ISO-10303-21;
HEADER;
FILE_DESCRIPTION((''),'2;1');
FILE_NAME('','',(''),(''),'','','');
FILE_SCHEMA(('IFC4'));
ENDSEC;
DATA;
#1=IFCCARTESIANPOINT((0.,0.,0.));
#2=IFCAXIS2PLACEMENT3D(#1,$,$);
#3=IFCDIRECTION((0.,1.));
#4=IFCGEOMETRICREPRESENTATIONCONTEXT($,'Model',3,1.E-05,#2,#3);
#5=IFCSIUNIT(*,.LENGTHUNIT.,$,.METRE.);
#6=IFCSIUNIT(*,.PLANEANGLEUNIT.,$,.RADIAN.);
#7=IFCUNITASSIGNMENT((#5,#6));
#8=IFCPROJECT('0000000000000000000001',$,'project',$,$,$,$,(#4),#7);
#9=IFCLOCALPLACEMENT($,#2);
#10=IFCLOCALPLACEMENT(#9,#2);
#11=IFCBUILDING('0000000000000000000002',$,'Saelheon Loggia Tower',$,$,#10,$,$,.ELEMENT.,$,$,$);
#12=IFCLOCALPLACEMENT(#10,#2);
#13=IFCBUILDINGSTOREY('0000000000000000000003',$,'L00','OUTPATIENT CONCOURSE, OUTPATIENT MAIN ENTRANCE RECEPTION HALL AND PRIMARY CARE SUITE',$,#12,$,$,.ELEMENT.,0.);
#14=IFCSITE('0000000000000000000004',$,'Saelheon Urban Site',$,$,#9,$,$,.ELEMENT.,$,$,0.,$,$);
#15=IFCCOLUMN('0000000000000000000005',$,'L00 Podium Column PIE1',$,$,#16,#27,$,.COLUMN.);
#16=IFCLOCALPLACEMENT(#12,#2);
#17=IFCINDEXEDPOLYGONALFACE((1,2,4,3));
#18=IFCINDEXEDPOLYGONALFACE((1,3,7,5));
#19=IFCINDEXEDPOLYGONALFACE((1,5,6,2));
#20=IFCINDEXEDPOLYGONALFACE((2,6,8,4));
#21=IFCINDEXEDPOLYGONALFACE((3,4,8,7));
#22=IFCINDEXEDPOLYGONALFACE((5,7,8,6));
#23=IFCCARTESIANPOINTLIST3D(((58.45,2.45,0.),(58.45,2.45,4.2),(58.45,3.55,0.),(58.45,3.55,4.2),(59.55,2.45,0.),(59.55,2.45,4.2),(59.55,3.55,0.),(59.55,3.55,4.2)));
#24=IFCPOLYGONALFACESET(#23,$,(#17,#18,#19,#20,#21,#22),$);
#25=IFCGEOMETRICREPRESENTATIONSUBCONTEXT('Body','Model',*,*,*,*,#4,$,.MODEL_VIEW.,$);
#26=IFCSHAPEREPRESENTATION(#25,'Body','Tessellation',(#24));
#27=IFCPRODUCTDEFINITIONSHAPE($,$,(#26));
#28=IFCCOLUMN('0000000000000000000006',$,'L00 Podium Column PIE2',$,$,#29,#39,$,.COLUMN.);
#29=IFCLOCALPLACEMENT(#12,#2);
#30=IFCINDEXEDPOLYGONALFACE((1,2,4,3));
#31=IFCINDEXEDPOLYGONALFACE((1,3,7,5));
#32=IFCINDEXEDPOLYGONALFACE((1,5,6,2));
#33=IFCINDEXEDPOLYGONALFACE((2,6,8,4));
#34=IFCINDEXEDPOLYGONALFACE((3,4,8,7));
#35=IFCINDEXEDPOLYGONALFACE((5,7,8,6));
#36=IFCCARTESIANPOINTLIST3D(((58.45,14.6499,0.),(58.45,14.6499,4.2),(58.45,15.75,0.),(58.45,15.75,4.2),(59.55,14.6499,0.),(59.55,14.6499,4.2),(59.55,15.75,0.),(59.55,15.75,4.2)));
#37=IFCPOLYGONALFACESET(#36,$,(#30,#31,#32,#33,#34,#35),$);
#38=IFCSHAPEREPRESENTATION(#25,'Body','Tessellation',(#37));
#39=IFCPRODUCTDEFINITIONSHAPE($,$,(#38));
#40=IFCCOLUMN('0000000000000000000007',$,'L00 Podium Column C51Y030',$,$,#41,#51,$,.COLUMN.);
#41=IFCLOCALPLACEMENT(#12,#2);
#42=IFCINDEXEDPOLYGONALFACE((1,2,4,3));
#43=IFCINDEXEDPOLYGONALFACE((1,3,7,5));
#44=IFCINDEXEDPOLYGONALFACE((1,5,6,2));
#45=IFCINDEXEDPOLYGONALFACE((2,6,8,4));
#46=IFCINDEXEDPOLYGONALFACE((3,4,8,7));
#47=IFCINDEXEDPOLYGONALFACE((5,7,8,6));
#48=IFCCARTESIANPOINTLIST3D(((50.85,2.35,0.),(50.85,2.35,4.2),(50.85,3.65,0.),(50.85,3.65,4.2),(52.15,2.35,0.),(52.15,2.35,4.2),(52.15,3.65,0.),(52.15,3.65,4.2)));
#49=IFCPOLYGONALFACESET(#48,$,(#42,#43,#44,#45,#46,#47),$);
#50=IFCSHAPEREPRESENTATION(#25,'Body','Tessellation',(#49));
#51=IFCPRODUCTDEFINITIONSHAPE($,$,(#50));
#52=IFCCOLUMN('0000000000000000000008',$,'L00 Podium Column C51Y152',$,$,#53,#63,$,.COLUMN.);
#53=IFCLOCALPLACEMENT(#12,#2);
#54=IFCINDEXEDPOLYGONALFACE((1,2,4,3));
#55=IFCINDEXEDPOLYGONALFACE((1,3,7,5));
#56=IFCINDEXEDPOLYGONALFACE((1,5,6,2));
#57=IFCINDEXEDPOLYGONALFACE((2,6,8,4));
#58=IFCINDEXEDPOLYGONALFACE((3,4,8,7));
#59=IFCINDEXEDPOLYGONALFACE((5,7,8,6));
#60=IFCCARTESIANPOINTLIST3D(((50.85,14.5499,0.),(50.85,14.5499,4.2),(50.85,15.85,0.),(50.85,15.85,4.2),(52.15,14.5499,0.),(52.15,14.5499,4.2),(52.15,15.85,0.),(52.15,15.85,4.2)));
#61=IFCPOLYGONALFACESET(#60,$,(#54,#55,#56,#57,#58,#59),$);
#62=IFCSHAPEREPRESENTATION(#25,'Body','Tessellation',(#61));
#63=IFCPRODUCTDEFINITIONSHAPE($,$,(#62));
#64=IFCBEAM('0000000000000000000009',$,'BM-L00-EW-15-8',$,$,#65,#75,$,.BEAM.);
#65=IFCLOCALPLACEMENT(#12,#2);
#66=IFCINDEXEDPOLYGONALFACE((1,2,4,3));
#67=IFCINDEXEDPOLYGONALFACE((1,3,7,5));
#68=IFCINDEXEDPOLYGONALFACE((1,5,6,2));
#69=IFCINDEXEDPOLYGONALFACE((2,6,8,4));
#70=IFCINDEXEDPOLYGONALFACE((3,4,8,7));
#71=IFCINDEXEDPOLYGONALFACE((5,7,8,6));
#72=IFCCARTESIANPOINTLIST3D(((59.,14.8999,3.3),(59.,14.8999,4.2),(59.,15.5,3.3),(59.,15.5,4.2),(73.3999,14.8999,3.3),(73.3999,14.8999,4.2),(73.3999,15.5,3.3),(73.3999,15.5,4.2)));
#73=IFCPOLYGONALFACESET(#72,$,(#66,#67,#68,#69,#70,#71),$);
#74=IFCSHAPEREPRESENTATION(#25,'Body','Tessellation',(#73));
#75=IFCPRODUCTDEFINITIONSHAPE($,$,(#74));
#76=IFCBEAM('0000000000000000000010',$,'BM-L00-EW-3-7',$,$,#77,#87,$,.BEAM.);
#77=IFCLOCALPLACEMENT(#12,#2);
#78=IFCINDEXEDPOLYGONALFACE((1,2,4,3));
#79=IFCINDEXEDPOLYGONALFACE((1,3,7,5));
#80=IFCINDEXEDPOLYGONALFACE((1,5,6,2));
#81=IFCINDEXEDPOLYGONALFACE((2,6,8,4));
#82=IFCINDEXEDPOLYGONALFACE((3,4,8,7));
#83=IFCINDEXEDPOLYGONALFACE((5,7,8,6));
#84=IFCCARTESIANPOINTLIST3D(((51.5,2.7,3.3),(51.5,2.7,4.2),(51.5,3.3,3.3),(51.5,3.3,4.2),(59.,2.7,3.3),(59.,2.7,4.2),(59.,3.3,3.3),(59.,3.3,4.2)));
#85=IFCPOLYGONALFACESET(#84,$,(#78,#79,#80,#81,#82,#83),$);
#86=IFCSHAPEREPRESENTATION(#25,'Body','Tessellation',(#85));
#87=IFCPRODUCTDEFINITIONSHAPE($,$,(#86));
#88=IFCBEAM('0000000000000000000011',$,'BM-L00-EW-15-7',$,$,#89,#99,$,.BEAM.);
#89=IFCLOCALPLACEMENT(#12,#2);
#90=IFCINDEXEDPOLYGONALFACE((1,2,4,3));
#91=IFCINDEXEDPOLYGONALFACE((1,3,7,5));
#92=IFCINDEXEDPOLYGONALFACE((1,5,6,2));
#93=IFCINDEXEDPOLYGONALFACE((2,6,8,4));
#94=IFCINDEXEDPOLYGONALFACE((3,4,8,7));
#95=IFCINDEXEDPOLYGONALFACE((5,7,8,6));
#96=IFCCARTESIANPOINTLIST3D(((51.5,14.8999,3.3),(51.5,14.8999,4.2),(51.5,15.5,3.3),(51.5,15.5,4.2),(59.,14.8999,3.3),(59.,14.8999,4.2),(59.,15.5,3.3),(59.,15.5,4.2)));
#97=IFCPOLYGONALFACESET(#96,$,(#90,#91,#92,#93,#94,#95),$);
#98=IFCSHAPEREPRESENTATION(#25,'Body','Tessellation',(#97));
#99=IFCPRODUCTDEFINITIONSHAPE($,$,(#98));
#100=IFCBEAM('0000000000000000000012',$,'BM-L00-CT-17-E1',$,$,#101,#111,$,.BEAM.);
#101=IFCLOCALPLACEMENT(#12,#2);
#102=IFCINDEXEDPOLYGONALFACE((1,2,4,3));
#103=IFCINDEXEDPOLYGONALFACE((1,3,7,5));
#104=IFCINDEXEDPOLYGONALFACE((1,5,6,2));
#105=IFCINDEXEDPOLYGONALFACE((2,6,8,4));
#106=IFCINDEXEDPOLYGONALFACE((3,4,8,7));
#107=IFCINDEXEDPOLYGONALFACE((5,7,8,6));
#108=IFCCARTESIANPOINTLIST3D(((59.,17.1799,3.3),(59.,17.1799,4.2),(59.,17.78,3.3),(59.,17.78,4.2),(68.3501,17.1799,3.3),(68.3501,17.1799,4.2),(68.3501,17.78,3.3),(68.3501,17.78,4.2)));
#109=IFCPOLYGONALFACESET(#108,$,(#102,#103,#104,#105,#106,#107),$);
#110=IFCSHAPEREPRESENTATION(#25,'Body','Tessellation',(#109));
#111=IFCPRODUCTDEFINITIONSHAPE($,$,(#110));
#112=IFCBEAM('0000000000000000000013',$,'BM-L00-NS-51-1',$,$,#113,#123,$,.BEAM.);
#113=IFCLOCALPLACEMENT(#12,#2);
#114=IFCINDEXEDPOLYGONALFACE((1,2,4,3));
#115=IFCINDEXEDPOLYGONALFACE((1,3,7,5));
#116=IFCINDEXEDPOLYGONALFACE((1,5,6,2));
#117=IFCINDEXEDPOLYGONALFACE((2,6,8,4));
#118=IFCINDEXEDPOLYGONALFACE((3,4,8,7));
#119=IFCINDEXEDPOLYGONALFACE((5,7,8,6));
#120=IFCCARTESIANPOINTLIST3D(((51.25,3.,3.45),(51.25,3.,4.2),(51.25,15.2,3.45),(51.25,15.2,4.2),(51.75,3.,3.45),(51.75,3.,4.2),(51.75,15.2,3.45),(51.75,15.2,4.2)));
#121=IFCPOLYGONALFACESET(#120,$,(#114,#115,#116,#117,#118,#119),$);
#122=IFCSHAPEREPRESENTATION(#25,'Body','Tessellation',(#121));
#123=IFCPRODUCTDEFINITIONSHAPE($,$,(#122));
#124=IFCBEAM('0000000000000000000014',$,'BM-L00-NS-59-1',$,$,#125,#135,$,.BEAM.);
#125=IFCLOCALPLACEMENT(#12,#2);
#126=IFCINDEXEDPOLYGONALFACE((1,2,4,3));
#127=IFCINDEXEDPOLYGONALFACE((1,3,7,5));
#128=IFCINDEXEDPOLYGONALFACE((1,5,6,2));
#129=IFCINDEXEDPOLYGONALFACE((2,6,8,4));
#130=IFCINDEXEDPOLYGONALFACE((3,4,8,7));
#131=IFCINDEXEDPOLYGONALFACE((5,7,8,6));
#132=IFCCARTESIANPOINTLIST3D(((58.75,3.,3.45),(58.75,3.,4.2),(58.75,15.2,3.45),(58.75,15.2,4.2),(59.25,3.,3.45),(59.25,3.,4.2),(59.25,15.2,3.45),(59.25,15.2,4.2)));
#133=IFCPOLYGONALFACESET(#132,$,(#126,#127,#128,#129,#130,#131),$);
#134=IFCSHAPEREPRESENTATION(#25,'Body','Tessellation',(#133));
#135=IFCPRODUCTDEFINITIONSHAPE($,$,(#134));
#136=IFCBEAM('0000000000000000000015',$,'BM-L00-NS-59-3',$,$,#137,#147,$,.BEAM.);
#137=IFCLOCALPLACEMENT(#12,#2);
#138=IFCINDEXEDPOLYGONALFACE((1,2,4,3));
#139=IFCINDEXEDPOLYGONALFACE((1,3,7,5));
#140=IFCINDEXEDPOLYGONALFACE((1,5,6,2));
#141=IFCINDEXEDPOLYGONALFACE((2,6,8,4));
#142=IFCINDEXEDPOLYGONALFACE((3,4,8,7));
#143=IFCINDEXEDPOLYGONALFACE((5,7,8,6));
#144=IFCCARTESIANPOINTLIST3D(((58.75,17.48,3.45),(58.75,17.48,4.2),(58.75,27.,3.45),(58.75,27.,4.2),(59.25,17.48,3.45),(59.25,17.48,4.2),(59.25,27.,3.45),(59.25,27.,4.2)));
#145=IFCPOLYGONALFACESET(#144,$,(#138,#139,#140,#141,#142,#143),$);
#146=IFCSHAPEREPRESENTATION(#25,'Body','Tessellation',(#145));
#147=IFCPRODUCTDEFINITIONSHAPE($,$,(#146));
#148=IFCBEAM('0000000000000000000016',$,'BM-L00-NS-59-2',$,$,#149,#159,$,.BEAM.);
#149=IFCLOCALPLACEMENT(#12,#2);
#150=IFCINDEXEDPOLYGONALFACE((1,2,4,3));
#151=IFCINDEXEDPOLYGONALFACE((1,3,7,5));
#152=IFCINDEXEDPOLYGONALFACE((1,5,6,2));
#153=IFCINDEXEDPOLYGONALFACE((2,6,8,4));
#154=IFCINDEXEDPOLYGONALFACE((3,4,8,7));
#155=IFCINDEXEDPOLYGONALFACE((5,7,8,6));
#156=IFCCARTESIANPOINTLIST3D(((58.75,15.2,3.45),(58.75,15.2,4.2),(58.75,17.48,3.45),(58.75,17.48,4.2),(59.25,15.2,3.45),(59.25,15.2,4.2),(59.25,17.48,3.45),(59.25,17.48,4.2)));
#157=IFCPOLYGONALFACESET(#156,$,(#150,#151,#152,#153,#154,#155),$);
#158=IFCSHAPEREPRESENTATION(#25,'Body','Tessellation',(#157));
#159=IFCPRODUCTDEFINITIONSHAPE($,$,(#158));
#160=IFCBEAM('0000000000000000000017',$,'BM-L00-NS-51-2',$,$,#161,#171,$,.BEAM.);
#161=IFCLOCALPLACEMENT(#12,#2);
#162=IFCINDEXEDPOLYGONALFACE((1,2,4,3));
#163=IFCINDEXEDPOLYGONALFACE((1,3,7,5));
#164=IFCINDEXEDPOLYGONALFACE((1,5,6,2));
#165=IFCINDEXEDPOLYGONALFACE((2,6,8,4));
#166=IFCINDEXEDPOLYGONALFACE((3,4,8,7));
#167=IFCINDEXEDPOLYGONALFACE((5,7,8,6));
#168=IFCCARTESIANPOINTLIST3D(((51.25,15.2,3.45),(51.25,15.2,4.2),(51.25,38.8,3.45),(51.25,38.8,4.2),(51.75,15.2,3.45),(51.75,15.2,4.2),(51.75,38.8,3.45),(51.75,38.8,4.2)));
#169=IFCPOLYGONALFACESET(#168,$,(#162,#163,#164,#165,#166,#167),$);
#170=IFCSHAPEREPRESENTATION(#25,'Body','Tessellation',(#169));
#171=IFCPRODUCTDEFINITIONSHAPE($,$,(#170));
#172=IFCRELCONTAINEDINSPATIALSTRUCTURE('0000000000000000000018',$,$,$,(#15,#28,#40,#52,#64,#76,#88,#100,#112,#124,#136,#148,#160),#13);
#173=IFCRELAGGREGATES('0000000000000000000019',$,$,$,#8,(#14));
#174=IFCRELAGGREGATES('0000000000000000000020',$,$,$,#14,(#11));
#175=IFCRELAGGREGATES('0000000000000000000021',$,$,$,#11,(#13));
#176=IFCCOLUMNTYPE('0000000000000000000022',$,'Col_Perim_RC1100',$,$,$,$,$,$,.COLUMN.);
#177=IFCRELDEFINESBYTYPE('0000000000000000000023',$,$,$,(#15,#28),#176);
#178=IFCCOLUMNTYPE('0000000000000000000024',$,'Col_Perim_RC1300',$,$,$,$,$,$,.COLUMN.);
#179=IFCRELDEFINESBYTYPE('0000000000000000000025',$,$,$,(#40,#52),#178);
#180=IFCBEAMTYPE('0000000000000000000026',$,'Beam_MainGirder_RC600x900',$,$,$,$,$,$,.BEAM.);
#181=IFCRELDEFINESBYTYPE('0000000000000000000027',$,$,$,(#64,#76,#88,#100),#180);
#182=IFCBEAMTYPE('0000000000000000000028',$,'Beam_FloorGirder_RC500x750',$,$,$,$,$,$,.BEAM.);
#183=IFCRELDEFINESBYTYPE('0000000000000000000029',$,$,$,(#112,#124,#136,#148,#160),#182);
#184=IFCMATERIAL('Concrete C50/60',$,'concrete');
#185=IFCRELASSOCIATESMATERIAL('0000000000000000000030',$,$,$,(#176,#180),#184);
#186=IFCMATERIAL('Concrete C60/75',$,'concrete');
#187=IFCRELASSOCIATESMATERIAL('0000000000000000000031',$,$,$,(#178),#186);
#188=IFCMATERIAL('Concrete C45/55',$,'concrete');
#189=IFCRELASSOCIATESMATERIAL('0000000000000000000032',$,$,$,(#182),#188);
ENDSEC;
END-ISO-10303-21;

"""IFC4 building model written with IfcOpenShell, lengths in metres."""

from ifc_helpers import new_model, si_unit, direction, frame, origin, origin_2d, place, context, subcontext, project, spatial, rectangle, extrude, source, transform, mapped, material, material_profile, profile_set, type_object, element, save


model = new_model("IFC4")

# Units and contexts
model_context = context("Model", 3, precision=1e-05, world=origin(), true_north=direction((0.0, 1.0)))
body_context = subcontext(model_context, "Body", "Model", "MODEL_VIEW")
ifc_project = project(units=[si_unit("LENGTHUNIT", "METRE"), si_unit("PLANEANGLEUNIT", "RADIAN")], contexts=[model_context])

# Site, building, storey
site_placement = place(None, origin())
site = spatial("IfcSite", under=ifc_project, at=site_placement, Name="Saelheon Urban Site", CompositionType="ELEMENT", RefElevation=0.0)
building_placement = place(site_placement, origin())
building = spatial("IfcBuilding", under=site, at=building_placement, Name="Saelheon Loggia Tower", CompositionType="ELEMENT")
storey_placement = place(building_placement, origin())
storey = spatial("IfcBuildingStorey", under=building, at=storey_placement, Name="L00", Description="OUTPATIENT CONCOURSE, OUTPATIENT MAIN ENTRANCE RECEPTION HALL AND PRIMARY CARE SUITE", CompositionType="ELEMENT", Elevation=0.0)

# Columns
ifc_material_1 = material(Name="Concrete C50/60", Category="concrete")
ifc_material_profile_1 = material_profile(ifc_material_1, rectangle(XDim=1.1001, YDim=1.1001, at=origin_2d()), Name="RC-1100x1100")
ifc_profile_set_1 = profile_set([ifc_material_profile_1], Name="Concrete C50/60")
column_type_1 = type_object("IfcColumnType", Name="Col_Perim_RC1100", PredefinedType="COLUMN", material=ifc_profile_set_1)
shared_shape_1 = source(origin(), body_context, "Body", "SweptSolid", [
    extrude(rectangle(XDim=1.1001, YDim=1.1001, at=origin_2d()), origin(), (0.0, 0.0, 1.0), 4.2),
])
for number, where, z_axis, x_axis, name in (
    (1, (59.0, 3.0, 0.0), (0.0, 0.0, 1.0), (1.0, 0.0, 0.0), "L00 Podium Column PIE1"),
    (2, (59.0, 15.2, 0.0), (0.0, 0.0, 1.0), (1.0, 0.0, 0.0), "L00 Podium Column PIE2"),
):
    element("IfcColumn", number, at=place(storey_placement, frame(where, z_axis=z_axis, x_axis=x_axis)), inside=storey, type_object=column_type_1, Name=name, PredefinedType="COLUMN", context=body_context, shape_type="MappedRepresentation", body=[
        mapped(shared_shape_1, transform((0.0, 0.0, 0.0), scale=1.0)),
    ])
ifc_material_2 = material(Name="Concrete C60/75", Category="concrete")
ifc_material_profile_2 = material_profile(ifc_material_2, rectangle(XDim=1.3, YDim=1.3, at=origin_2d()), Name="RC-1300x1300")
ifc_profile_set_2 = profile_set([ifc_material_profile_2], Name="Concrete C60/75")
column_type_2 = type_object("IfcColumnType", Name="Col_Perim_RC1300", PredefinedType="COLUMN", material=ifc_profile_set_2)
shared_shape_2 = source(origin(), body_context, "Body", "SweptSolid", [
    extrude(rectangle(XDim=1.3, YDim=1.3, at=origin_2d()), origin(), (0.0, 0.0, 1.0), 4.2),
])
for number, where, z_axis, x_axis, name in (
    (3, (51.5, 3.0, 0.0), (0.0, 0.0, 1.0), (1.0, 0.0, 0.0), "L00 Podium Column C51Y030"),
    (4, (51.5, 15.2, 0.0), (0.0, 0.0, 1.0), (1.0, 0.0, 0.0), "L00 Podium Column C51Y152"),
):
    element("IfcColumn", number, at=place(storey_placement, frame(where, z_axis=z_axis, x_axis=x_axis)), inside=storey, type_object=column_type_2, Name=name, PredefinedType="COLUMN", context=body_context, shape_type="MappedRepresentation", body=[
        mapped(shared_shape_2, transform((0.0, 0.0, 0.0), scale=1.0)),
    ])

# Beams
ifc_material_profile_3 = material_profile(ifc_material_1, rectangle(XDim=0.6001, YDim=0.8999, at=origin_2d()), Name="RC-600x900")
ifc_profile_set_3 = profile_set([ifc_material_profile_3], Name="Concrete C50/60")
beam_type_1 = type_object("IfcBeamType", Name="Beam_MainGirder_RC600x900", PredefinedType="BEAM", material=ifc_profile_set_3)
shared_shape_3 = source(origin(), body_context, "Body", "SweptSolid", [
    extrude(rectangle(XDim=0.6001, YDim=0.8999, at=origin_2d()), origin(), (0.0, 0.0, 1.0), 14.3999),
])
beam_1_placement = place(storey_placement, frame((59.0, 15.2, 3.75), z_axis=(1.0, 0.0, 0.0), x_axis=(0.0, 1.0, 0.0)))
element("IfcBeam", 5, at=beam_1_placement, inside=storey, type_object=beam_type_1, Name="BM-L00-EW-15-8", PredefinedType="BEAM", context=body_context, shape_type="MappedRepresentation", body=[
    mapped(shared_shape_3, transform((0.0, 0.0, 0.0), scale=1.0)),
])
shared_shape_4 = source(origin(), body_context, "Body", "SweptSolid", [
    extrude(rectangle(XDim=0.6001, YDim=0.8999, at=origin_2d()), origin(), (0.0, 0.0, 1.0), 7.5),
])
for number, where, z_axis, x_axis, name in (
    (6, (51.5, 3.0, 3.75), (1.0, 0.0, 0.0), (0.0, 1.0, 0.0), "BM-L00-EW-3-7"),
    (7, (51.5, 15.2, 3.75), (1.0, 0.0, 0.0), (0.0, 1.0, 0.0), "BM-L00-EW-15-7"),
):
    element("IfcBeam", number, at=place(storey_placement, frame(where, z_axis=z_axis, x_axis=x_axis)), inside=storey, type_object=beam_type_1, Name=name, PredefinedType="BEAM", context=body_context, shape_type="MappedRepresentation", body=[
        mapped(shared_shape_4, transform((0.0, 0.0, 0.0), scale=1.0)),
    ])
shared_shape_5 = source(origin(), body_context, "Body", "SweptSolid", [
    extrude(rectangle(XDim=0.6001, YDim=0.8999, at=origin_2d()), origin(), (0.0, 0.0, 1.0), 9.3501),
])
beam_2_placement = place(storey_placement, frame((59.0, 17.48, 3.75), z_axis=(1.0, 0.0, 0.0), x_axis=(0.0, 1.0, 0.0)))
element("IfcBeam", 8, at=beam_2_placement, inside=storey, type_object=beam_type_1, Name="BM-L00-CT-17-E1", PredefinedType="BEAM", context=body_context, shape_type="MappedRepresentation", body=[
    mapped(shared_shape_5, transform((0.0, 0.0, 0.0), scale=1.0)),
])
ifc_material_3 = material(Name="Concrete C45/55", Category="concrete")
ifc_material_profile_4 = material_profile(ifc_material_3, rectangle(XDim=0.5, YDim=0.75, at=origin_2d()), Name="RC-500x750")
ifc_profile_set_4 = profile_set([ifc_material_profile_4], Name="Concrete C45/55")
beam_type_2 = type_object("IfcBeamType", Name="Beam_FloorGirder_RC500x750", PredefinedType="BEAM", material=ifc_profile_set_4)
shared_shape_6 = source(origin(), body_context, "Body", "SweptSolid", [
    extrude(rectangle(XDim=0.5, YDim=0.75, at=origin_2d()), origin(), (0.0, 0.0, 1.0), 12.2),
])
for number, where, z_axis, x_axis, name in (
    (9, (51.5, 3.0, 3.825), (0.0, 1.0, 0.0), (-1.0, 0.0, 0.0), "BM-L00-NS-51-1"),
    (10, (59.0, 3.0, 3.825), (0.0, 1.0, 0.0), (-1.0, 0.0, 0.0), "BM-L00-NS-59-1"),
):
    element("IfcBeam", number, at=place(storey_placement, frame(where, z_axis=z_axis, x_axis=x_axis)), inside=storey, type_object=beam_type_2, Name=name, PredefinedType="BEAM", context=body_context, shape_type="MappedRepresentation", body=[
        mapped(shared_shape_6, transform((0.0, 0.0, 0.0), scale=1.0)),
    ])
shared_shape_7 = source(origin(), body_context, "Body", "SweptSolid", [
    extrude(rectangle(XDim=0.5, YDim=0.75, at=origin_2d()), origin(), (0.0, 0.0, 1.0), 9.52),
])
beam_3_placement = place(storey_placement, frame((59.0, 17.48, 3.825), z_axis=(0.0, 1.0, 0.0), x_axis=(-1.0, 0.0, 0.0)))
element("IfcBeam", 11, at=beam_3_placement, inside=storey, type_object=beam_type_2, Name="BM-L00-NS-59-3", PredefinedType="BEAM", context=body_context, shape_type="MappedRepresentation", body=[
    mapped(shared_shape_7, transform((0.0, 0.0, 0.0), scale=1.0)),
])
shared_shape_8 = source(origin(), body_context, "Body", "SweptSolid", [
    extrude(rectangle(XDim=0.5, YDim=0.75, at=origin_2d()), origin(), (0.0, 0.0, 1.0), 2.28),
])
beam_4_placement = place(storey_placement, frame((59.0, 15.2, 3.825), z_axis=(0.0, 1.0, 0.0), x_axis=(-1.0, 0.0, 0.0)))
element("IfcBeam", 12, at=beam_4_placement, inside=storey, type_object=beam_type_2, Name="BM-L00-NS-59-2", PredefinedType="BEAM", context=body_context, shape_type="MappedRepresentation", body=[
    mapped(shared_shape_8, transform((0.0, 0.0, 0.0), scale=1.0)),
])
shared_shape_9 = source(origin(), body_context, "Body", "SweptSolid", [
    extrude(rectangle(XDim=0.5, YDim=0.75, at=origin_2d()), origin(), (0.0, 0.0, 1.0), 23.6001),
])
beam_5_placement = place(storey_placement, frame((51.5, 15.2, 3.825), z_axis=(0.0, 1.0, 0.0), x_axis=(-1.0, 0.0, 0.0)))
element("IfcBeam", 13, at=beam_5_placement, inside=storey, type_object=beam_type_2, Name="BM-L00-NS-51-2", PredefinedType="BEAM", context=body_context, shape_type="MappedRepresentation", body=[
    mapped(shared_shape_9, transform((0.0, 0.0, 0.0), scale=1.0)),
])

save(model, "model.ifc")
